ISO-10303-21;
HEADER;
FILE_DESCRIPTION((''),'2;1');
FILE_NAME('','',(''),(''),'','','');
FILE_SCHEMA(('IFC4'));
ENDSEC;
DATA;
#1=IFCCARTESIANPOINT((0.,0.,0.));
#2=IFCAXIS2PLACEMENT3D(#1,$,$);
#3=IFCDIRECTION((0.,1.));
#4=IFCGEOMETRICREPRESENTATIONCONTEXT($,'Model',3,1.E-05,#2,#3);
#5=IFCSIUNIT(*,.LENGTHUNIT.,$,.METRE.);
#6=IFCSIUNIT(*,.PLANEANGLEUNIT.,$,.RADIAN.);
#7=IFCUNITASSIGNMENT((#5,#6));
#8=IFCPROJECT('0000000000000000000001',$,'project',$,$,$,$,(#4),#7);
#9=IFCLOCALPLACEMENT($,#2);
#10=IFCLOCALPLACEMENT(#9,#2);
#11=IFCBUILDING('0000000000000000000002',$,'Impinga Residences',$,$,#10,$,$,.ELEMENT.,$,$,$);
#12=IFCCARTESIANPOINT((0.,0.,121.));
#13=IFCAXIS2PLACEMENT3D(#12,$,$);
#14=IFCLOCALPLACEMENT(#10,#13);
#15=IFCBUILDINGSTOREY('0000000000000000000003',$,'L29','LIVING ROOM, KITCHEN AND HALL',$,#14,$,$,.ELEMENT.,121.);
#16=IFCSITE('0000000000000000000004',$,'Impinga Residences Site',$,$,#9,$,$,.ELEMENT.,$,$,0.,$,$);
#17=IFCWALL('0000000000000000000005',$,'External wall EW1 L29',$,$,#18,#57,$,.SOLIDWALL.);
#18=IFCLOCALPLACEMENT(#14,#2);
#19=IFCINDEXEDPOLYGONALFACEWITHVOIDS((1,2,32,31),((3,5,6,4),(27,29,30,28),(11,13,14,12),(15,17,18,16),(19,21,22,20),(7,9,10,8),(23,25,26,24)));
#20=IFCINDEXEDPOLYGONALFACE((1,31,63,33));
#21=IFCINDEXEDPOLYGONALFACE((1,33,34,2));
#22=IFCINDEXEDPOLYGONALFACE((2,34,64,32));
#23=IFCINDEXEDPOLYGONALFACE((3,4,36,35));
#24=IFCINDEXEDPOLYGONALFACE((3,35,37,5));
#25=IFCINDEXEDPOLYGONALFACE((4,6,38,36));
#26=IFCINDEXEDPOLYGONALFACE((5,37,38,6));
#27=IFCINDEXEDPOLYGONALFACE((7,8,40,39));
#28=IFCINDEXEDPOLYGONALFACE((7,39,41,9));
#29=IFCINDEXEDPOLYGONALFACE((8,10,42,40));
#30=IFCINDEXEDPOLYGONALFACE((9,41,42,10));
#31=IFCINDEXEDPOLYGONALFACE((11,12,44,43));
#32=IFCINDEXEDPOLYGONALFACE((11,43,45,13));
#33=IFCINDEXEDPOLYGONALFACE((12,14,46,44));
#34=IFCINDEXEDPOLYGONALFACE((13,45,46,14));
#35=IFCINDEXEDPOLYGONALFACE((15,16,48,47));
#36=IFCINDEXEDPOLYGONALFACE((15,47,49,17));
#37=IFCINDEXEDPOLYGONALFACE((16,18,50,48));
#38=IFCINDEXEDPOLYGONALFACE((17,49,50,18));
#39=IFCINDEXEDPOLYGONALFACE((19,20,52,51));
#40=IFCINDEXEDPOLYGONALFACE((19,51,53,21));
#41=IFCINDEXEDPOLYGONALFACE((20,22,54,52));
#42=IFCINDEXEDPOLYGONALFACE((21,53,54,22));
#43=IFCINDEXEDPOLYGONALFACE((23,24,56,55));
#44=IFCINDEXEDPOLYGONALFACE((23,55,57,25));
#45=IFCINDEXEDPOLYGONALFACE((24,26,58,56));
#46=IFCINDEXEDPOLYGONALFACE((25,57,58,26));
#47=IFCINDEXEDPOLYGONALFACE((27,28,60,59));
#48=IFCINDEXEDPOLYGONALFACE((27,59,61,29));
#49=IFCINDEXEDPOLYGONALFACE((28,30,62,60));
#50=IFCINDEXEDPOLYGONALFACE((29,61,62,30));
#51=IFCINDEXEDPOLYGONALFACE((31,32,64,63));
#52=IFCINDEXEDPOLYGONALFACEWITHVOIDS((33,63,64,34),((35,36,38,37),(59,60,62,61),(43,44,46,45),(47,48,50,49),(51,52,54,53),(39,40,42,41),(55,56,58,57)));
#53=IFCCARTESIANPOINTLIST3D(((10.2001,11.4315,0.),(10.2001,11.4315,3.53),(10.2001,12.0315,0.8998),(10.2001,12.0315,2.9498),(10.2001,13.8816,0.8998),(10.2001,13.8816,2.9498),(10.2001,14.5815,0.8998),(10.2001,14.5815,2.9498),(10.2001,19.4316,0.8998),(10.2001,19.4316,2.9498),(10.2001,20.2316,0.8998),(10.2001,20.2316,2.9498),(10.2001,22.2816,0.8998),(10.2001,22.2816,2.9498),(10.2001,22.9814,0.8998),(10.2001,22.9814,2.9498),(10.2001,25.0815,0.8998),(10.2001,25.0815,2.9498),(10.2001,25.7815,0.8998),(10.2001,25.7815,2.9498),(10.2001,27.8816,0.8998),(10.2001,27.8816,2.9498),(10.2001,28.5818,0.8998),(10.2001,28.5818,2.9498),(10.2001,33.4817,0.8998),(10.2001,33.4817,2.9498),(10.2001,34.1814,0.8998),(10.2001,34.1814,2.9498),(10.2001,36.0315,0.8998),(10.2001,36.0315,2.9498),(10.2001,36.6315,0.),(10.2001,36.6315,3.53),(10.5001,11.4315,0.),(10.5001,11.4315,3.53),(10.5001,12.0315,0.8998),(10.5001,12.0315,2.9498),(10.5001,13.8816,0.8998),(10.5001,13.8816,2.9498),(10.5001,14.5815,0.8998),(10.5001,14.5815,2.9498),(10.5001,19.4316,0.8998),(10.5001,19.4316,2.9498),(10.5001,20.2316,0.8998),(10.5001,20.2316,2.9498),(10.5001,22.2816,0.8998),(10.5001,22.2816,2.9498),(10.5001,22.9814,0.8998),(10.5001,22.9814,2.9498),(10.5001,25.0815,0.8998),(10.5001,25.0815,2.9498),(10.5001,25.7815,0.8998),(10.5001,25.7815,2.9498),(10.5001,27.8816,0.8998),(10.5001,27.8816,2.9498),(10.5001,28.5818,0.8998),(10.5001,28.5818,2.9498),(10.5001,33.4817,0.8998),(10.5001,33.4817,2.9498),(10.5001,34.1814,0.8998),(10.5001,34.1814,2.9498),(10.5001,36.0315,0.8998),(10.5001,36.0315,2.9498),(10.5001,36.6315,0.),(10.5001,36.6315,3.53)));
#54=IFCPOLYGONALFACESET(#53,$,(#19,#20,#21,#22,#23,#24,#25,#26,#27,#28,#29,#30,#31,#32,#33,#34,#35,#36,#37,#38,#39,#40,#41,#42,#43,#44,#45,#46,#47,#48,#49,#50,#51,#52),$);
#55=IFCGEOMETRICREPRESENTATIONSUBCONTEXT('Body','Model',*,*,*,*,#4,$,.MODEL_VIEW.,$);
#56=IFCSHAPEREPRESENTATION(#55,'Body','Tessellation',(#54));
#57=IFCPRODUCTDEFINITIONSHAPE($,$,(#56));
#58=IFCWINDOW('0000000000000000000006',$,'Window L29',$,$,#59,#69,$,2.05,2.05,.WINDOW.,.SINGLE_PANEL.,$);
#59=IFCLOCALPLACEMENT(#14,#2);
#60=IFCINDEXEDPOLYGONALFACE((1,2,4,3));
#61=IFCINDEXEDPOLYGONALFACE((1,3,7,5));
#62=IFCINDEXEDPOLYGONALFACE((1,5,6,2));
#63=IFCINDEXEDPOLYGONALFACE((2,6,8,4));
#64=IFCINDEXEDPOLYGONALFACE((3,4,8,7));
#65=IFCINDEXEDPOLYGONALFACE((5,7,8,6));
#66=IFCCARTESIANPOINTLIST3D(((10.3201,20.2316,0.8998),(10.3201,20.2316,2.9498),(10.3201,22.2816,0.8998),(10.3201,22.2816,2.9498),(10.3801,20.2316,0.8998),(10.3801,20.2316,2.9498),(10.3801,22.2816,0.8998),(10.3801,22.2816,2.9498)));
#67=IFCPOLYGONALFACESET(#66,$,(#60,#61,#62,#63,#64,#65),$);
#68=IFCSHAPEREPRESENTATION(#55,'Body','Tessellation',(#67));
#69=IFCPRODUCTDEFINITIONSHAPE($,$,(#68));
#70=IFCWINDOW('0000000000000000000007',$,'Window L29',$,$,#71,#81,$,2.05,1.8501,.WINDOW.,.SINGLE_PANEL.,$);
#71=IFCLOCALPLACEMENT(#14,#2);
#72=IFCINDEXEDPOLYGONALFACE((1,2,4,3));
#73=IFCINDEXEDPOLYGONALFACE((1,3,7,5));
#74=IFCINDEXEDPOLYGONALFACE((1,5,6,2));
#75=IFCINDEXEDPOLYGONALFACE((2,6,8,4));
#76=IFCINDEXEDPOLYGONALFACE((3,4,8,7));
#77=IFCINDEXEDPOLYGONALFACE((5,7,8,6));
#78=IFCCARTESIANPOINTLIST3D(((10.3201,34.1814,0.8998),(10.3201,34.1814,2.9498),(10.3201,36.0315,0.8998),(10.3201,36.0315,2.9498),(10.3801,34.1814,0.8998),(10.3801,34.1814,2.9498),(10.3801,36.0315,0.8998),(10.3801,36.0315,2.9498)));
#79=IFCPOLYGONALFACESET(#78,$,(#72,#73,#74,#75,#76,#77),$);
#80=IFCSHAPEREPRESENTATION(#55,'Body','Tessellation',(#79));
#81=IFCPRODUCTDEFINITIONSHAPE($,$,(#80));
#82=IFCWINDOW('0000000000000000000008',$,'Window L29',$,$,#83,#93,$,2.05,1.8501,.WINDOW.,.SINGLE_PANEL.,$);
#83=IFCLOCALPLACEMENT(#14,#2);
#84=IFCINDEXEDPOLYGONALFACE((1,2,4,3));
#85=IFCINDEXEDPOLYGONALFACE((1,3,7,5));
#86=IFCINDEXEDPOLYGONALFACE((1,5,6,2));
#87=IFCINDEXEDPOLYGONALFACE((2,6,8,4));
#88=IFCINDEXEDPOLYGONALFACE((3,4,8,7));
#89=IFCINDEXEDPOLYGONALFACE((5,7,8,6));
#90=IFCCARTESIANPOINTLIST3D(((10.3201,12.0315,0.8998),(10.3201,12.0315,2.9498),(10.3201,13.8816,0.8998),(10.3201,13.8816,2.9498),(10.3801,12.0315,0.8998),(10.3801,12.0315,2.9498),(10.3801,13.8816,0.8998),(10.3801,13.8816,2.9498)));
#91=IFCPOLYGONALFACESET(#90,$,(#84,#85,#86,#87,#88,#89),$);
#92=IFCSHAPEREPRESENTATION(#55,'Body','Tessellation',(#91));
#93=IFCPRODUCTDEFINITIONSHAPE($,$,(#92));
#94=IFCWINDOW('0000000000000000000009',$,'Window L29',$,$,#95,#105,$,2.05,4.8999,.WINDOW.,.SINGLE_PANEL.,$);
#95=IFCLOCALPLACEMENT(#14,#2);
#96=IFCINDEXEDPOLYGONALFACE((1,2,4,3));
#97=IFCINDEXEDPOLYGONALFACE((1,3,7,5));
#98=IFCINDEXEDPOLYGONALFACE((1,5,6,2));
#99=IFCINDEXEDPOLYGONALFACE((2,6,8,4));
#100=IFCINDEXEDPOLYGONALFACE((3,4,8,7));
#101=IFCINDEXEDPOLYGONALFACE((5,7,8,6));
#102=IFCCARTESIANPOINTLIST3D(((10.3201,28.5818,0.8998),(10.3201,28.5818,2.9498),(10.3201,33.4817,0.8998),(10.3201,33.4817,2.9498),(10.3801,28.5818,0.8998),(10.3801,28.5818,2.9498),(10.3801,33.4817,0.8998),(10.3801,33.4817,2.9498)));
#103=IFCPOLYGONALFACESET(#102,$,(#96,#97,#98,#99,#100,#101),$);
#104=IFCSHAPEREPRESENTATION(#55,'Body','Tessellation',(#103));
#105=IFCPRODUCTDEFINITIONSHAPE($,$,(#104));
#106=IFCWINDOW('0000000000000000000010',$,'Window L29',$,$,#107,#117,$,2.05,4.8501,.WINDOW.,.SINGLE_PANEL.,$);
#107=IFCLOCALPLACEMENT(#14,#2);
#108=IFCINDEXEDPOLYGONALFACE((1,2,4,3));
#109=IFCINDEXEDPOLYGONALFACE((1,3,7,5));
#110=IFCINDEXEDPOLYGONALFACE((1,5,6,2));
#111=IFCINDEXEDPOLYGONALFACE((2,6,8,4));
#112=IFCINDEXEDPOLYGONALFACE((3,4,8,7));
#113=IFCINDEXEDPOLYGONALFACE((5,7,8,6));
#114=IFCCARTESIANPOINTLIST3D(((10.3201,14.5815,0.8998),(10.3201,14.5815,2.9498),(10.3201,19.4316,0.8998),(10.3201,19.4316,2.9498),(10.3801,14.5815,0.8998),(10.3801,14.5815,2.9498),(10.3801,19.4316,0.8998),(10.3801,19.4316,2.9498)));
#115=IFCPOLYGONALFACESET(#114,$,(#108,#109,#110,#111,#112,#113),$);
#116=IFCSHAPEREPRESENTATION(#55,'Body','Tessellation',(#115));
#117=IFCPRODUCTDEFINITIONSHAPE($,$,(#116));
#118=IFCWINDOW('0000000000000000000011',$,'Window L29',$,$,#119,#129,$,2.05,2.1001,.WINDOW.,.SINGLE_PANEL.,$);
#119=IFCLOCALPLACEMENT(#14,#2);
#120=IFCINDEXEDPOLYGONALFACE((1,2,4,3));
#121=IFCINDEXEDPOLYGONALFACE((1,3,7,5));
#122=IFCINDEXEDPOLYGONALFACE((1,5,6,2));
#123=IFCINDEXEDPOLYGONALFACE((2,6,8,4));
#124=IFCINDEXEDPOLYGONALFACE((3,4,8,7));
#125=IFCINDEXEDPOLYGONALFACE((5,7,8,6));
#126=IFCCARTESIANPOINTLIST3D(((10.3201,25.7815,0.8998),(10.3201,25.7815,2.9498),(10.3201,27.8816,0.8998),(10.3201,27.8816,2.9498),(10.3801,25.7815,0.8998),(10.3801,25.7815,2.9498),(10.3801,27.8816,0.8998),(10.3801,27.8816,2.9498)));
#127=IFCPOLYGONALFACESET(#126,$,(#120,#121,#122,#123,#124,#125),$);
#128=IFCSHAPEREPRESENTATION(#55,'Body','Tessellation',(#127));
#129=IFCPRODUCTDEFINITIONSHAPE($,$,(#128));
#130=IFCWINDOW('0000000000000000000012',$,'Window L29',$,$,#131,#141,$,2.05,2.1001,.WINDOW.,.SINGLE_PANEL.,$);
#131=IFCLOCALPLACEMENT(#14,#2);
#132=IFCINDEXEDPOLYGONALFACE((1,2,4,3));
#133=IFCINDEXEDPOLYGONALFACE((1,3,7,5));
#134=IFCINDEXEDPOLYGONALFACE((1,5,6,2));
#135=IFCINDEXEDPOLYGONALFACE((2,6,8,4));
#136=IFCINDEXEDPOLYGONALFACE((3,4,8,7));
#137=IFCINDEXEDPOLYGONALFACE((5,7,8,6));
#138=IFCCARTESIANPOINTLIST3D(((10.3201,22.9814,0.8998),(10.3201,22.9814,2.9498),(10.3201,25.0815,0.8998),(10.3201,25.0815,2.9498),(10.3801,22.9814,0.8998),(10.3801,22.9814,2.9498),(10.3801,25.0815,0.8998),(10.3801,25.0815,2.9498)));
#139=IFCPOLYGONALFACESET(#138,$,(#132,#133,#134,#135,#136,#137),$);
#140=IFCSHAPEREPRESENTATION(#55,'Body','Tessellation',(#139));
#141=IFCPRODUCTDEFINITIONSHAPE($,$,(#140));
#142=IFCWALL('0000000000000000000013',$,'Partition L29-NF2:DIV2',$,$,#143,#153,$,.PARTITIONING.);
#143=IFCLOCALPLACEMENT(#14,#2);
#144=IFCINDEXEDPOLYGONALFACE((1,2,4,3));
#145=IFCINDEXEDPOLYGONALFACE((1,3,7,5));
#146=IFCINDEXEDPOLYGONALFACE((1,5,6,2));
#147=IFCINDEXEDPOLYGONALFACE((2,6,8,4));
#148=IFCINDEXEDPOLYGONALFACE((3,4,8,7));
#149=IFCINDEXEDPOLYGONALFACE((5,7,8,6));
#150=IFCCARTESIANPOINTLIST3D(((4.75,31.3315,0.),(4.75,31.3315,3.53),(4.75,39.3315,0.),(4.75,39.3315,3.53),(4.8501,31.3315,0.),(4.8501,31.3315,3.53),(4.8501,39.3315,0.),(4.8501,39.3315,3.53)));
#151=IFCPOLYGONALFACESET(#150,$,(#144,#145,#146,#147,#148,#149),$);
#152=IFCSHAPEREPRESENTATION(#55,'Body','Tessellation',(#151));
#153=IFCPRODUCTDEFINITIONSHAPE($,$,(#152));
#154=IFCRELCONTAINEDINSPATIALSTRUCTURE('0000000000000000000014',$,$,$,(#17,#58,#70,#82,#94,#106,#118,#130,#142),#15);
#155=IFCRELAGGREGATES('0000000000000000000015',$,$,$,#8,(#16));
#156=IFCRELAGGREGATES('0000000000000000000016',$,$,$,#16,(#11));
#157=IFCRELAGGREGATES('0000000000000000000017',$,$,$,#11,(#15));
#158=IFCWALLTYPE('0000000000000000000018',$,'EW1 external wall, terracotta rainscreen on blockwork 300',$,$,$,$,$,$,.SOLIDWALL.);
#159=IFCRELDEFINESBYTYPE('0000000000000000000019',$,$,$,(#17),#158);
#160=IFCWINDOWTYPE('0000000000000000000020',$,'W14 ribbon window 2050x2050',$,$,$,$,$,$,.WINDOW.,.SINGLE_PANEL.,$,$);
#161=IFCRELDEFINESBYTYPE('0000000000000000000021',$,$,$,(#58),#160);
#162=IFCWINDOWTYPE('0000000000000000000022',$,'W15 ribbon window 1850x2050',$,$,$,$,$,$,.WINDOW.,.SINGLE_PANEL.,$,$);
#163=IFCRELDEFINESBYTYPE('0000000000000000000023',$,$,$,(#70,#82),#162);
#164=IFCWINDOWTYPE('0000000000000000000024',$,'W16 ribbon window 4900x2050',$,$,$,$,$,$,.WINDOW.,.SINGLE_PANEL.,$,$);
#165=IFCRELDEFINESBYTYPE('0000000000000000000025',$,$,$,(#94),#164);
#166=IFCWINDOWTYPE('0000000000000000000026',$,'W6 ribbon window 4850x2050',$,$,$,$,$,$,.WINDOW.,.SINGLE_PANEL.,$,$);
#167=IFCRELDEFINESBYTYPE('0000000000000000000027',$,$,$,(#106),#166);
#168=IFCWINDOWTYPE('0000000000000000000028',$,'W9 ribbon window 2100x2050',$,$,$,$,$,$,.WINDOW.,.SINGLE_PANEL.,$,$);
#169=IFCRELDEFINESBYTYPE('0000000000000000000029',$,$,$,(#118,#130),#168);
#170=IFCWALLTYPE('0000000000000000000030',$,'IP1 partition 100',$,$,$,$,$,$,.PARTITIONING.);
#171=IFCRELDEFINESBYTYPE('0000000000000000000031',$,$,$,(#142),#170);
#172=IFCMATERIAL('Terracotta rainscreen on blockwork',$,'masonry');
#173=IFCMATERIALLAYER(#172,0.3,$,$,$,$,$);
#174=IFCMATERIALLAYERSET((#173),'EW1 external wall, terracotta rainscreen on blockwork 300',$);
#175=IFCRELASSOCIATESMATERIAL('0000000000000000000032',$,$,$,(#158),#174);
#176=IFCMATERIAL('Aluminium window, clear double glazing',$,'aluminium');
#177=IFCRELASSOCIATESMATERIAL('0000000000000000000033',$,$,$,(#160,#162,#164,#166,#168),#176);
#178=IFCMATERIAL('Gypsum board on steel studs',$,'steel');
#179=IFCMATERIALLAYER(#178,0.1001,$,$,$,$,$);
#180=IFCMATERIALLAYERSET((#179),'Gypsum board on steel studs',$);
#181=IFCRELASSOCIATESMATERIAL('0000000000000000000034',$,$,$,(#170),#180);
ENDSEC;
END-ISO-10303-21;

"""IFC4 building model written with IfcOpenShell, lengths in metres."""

from ifc_helpers import new_model, si_unit, direction, frame, frame_2d, origin, place, context, subcontext, project, spatial, rectangle, extrude, material, layer, layer_set, type_object, element, fill, save


model = new_model("IFC4")

# Units and contexts
model_context = context("Model", 3, precision=1e-05, world=origin(), true_north=direction((0.0, 1.0)))
body_context = subcontext(model_context, "Body", "Model", "MODEL_VIEW")
ifc_project = project(units=[si_unit("LENGTHUNIT", "METRE"), si_unit("PLANEANGLEUNIT", "RADIAN")], contexts=[model_context])

# Site, building, storey
site_placement = place(None, origin())
site = spatial("IfcSite", under=ifc_project, at=site_placement, Name="Impinga Residences Site", CompositionType="ELEMENT", RefElevation=0.0)
building_placement = place(site_placement, origin())
building = spatial("IfcBuilding", under=site, at=building_placement, Name="Impinga Residences", CompositionType="ELEMENT")
storey_placement = place(building_placement, frame((0.0, 0.0, 121.0)))
storey = spatial("IfcBuildingStorey", under=building, at=storey_placement, Name="L29", Description="LIVING ROOM, KITCHEN AND HALL", CompositionType="ELEMENT", Elevation=121.0)

# Shared definitions
ifc_material_1 = material(Name="Terracotta rainscreen on blockwork", Category="masonry")
ifc_layer_1 = layer(ifc_material_1, 0.3)
ifc_layer_set_1 = layer_set([ifc_layer_1], Name="EW1 external wall, terracotta rainscreen on blockwork 300")
wall_type_1 = type_object("IfcWallType", Name="EW1 external wall, terracotta rainscreen on blockwork 300", PredefinedType="SOLIDWALL", material=ifc_layer_set_1)

# Wall, openings, windows
wall_1_placement = place(storey_placement, frame((10.3501, 36.6316, 0.0), z_axis=(0.0, 0.0, 1.0), x_axis=(0.0, -1.0, 0.0)))
wall_1 = element("IfcWall", 1, at=wall_1_placement, inside=storey, type_object=wall_type_1, Name="External wall EW1 L29", PredefinedType="SOLIDWALL", context=body_context, shape_type="SweptSolid", body=[
    extrude(rectangle(XDim=25.2, YDim=0.3, at=frame_2d((12.6001, 0.0))), origin(), (0.0, 0.0, 1.0), 3.53),
])
opening_1_placement = place(wall_1_placement, frame((0.6001, 0.0, 0.8999)))
opening_1 = element("IfcOpeningElement", 2, at=opening_1_placement, cuts=wall_1, PredefinedType="OPENING", context=body_context, shape_type="SweptSolid", body=[
    extrude(rectangle(XDim=1.8501, YDim=2.05, at=frame_2d((0.925, 1.0249))), frame((0.0, 0.1599, 0.0), z_axis=(0.0, -1.0, 0.0), x_axis=(1.0, 0.0, 0.0)), (0.0, 0.0, 1.0), 0.3201),
])
opening_2_placement = place(wall_1_placement, frame((3.1499, 0.0, 0.8999)))
opening_2 = element("IfcOpeningElement", 3, at=opening_2_placement, cuts=wall_1, PredefinedType="OPENING", context=body_context, shape_type="SweptSolid", body=[
    extrude(rectangle(XDim=4.8999, YDim=2.05, at=frame_2d((2.45, 1.0249))), frame((0.0, 0.1599, 0.0), z_axis=(0.0, -1.0, 0.0), x_axis=(1.0, 0.0, 0.0)), (0.0, 0.0, 1.0), 0.3201),
])
opening_3_placement = place(wall_1_placement, frame((8.75, 0.0, 0.8999)))
opening_3 = element("IfcOpeningElement", 4, at=opening_3_placement, cuts=wall_1, PredefinedType="OPENING", context=body_context, shape_type="SweptSolid", body=[
    extrude(rectangle(XDim=2.1001, YDim=2.05, at=frame_2d((1.05, 1.0249))), frame((0.0, 0.1599, 0.0), z_axis=(0.0, -1.0, 0.0), x_axis=(1.0, 0.0, 0.0)), (0.0, 0.0, 1.0), 0.3201),
])
opening_4_placement = place(wall_1_placement, frame((11.55, 0.0, 0.8999)))
opening_4 = element("IfcOpeningElement", 5, at=opening_4_placement, cuts=wall_1, PredefinedType="OPENING", context=body_context, shape_type="SweptSolid", body=[
    extrude(rectangle(XDim=2.1001, YDim=2.05, at=frame_2d((1.05, 1.0249))), frame((0.0, 0.1599, 0.0), z_axis=(0.0, -1.0, 0.0), x_axis=(1.0, 0.0, 0.0)), (0.0, 0.0, 1.0), 0.3201),
])
opening_5_placement = place(wall_1_placement, frame((14.3501, 0.0, 0.8999)))
opening_5 = element("IfcOpeningElement", 6, at=opening_5_placement, cuts=wall_1, PredefinedType="OPENING", context=body_context, shape_type="SweptSolid", body=[
    extrude(rectangle(XDim=2.05, YDim=2.05, at=frame_2d((1.0249, 1.0249))), frame((0.0, 0.1599, 0.0), z_axis=(0.0, -1.0, 0.0), x_axis=(1.0, 0.0, 0.0)), (0.0, 0.0, 1.0), 0.3201),
])
opening_6_placement = place(wall_1_placement, frame((17.2, 0.0, 0.8999)))
opening_6 = element("IfcOpeningElement", 7, at=opening_6_placement, cuts=wall_1, PredefinedType="OPENING", context=body_context, shape_type="SweptSolid", body=[
    extrude(rectangle(XDim=4.8501, YDim=2.05, at=frame_2d((2.425, 1.0249))), frame((0.0, 0.1599, 0.0), z_axis=(0.0, -1.0, 0.0), x_axis=(1.0, 0.0, 0.0)), (0.0, 0.0, 1.0), 0.3201),
])
opening_7_placement = place(wall_1_placement, frame((22.75, 0.0, 0.8999)))
opening_7 = element("IfcOpeningElement", 8, at=opening_7_placement, cuts=wall_1, PredefinedType="OPENING", context=body_context, shape_type="SweptSolid", body=[
    extrude(rectangle(XDim=1.8501, YDim=2.05, at=frame_2d((0.925, 1.0249))), frame((0.0, 0.1599, 0.0), z_axis=(0.0, -1.0, 0.0), x_axis=(1.0, 0.0, 0.0)), (0.0, 0.0, 1.0), 0.3201),
])
ifc_material_2 = material(Name="Aluminium window, clear double glazing", Category="aluminium")
window_type_1 = type_object("IfcWindowType", Name="W14 ribbon window 2050x2050", PartitioningType="SINGLE_PANEL", PredefinedType="WINDOW", material=ifc_material_2)
window_1_placement = place(opening_5_placement, origin())
window_1 = element("IfcWindow", 9, at=window_1_placement, inside=storey, type_object=window_type_1, Name="Window L29", OverallHeight=2.05, OverallWidth=2.05, PartitioningType="SINGLE_PANEL", PredefinedType="WINDOW", context=body_context, shape_type="SweptSolid", body=[
    extrude(rectangle(XDim=2.05, YDim=2.05, at=frame_2d((1.0249, 1.0249))), frame((0.0, 0.03, 0.0), z_axis=(0.0, -1.0, 0.0), x_axis=(1.0, 0.0, 0.0)), (0.0, 0.0, 1.0), 0.0601),
])
fill(opening_5, window_1)
window_type_2 = type_object("IfcWindowType", Name="W15 ribbon window 1850x2050", PartitioningType="SINGLE_PANEL", PredefinedType="WINDOW", material=ifc_material_2)
window_2_placement = place(opening_1_placement, origin())
window_2 = element("IfcWindow", 10, at=window_2_placement, inside=storey, type_object=window_type_2, Name="Window L29", OverallHeight=2.05, OverallWidth=1.8501, PartitioningType="SINGLE_PANEL", PredefinedType="WINDOW", context=body_context, shape_type="SweptSolid", body=[
    extrude(rectangle(XDim=1.8501, YDim=2.05, at=frame_2d((0.925, 1.0249))), frame((0.0, 0.03, 0.0), z_axis=(0.0, -1.0, 0.0), x_axis=(1.0, 0.0, 0.0)), (0.0, 0.0, 1.0), 0.0601),
])
fill(opening_1, window_2)
window_3_placement = place(opening_7_placement, origin())
window_3 = element("IfcWindow", 11, at=window_3_placement, inside=storey, type_object=window_type_2, Name="Window L29", OverallHeight=2.05, OverallWidth=1.8501, PartitioningType="SINGLE_PANEL", PredefinedType="WINDOW", context=body_context, shape_type="SweptSolid", body=[
    extrude(rectangle(XDim=1.8501, YDim=2.05, at=frame_2d((0.925, 1.0249))), frame((0.0, 0.03, 0.0), z_axis=(0.0, -1.0, 0.0), x_axis=(1.0, 0.0, 0.0)), (0.0, 0.0, 1.0), 0.0601),
])
fill(opening_7, window_3)
window_type_3 = type_object("IfcWindowType", Name="W16 ribbon window 4900x2050", PartitioningType="SINGLE_PANEL", PredefinedType="WINDOW", material=ifc_material_2)
window_4_placement = place(opening_2_placement, origin())
window_4 = element("IfcWindow", 12, at=window_4_placement, inside=storey, type_object=window_type_3, Name="Window L29", OverallHeight=2.05, OverallWidth=4.8999, PartitioningType="SINGLE_PANEL", PredefinedType="WINDOW", context=body_context, shape_type="SweptSolid", body=[
    extrude(rectangle(XDim=4.8999, YDim=2.05, at=frame_2d((2.45, 1.0249))), frame((0.0, 0.03, 0.0), z_axis=(0.0, -1.0, 0.0), x_axis=(1.0, 0.0, 0.0)), (0.0, 0.0, 1.0), 0.0601),
])
fill(opening_2, window_4)
window_type_4 = type_object("IfcWindowType", Name="W6 ribbon window 4850x2050", PartitioningType="SINGLE_PANEL", PredefinedType="WINDOW", material=ifc_material_2)
window_5_placement = place(opening_6_placement, origin())
window_5 = element("IfcWindow", 13, at=window_5_placement, inside=storey, type_object=window_type_4, Name="Window L29", OverallHeight=2.05, OverallWidth=4.8501, PartitioningType="SINGLE_PANEL", PredefinedType="WINDOW", context=body_context, shape_type="SweptSolid", body=[
    extrude(rectangle(XDim=4.8501, YDim=2.05, at=frame_2d((2.425, 1.0249))), frame((0.0, 0.03, 0.0), z_axis=(0.0, -1.0, 0.0), x_axis=(1.0, 0.0, 0.0)), (0.0, 0.0, 1.0), 0.0601),
])
fill(opening_6, window_5)
window_type_5 = type_object("IfcWindowType", Name="W9 ribbon window 2100x2050", PartitioningType="SINGLE_PANEL", PredefinedType="WINDOW", material=ifc_material_2)
window_6_placement = place(opening_3_placement, origin())
window_6 = element("IfcWindow", 14, at=window_6_placement, inside=storey, type_object=window_type_5, Name="Window L29", OverallHeight=2.05, OverallWidth=2.1001, PartitioningType="SINGLE_PANEL", PredefinedType="WINDOW", context=body_context, shape_type="SweptSolid", body=[
    extrude(rectangle(XDim=2.1001, YDim=2.05, at=frame_2d((1.05, 1.0249))), frame((0.0, 0.03, 0.0), z_axis=(0.0, -1.0, 0.0), x_axis=(1.0, 0.0, 0.0)), (0.0, 0.0, 1.0), 0.0601),
])
fill(opening_3, window_6)
window_7_placement = place(opening_4_placement, origin())
window_7 = element("IfcWindow", 15, at=window_7_placement, inside=storey, type_object=window_type_5, Name="Window L29", OverallHeight=2.05, OverallWidth=2.1001, PartitioningType="SINGLE_PANEL", PredefinedType="WINDOW", context=body_context, shape_type="SweptSolid", body=[
    extrude(rectangle(XDim=2.1001, YDim=2.05, at=frame_2d((1.05, 1.0249))), frame((0.0, 0.03, 0.0), z_axis=(0.0, -1.0, 0.0), x_axis=(1.0, 0.0, 0.0)), (0.0, 0.0, 1.0), 0.0601),
])
fill(opening_4, window_7)

# Wall
ifc_material_3 = material(Name="Gypsum board on steel studs", Category="steel")
ifc_layer_2 = layer(ifc_material_3, 0.1001)
ifc_layer_set_2 = layer_set([ifc_layer_2], Name="Gypsum board on steel studs")
wall_type_2 = type_object("IfcWallType", Name="IP1 partition 100", PredefinedType="PARTITIONING", material=ifc_layer_set_2)
wall_2_placement = place(storey_placement, frame((4.8, 31.3315, 0.0), z_axis=(0.0, 0.0, 1.0), x_axis=(0.0, 1.0, 0.0)))
element("IfcWall", 16, at=wall_2_placement, inside=storey, type_object=wall_type_2, Name="Partition L29-NF2:DIV2", PredefinedType="PARTITIONING", context=body_context, shape_type="SweptSolid", body=[
    extrude(rectangle(XDim=8.0, YDim=0.1001, at=frame_2d((4.0, 0.0))), origin(), (0.0, 0.0, 1.0), 3.53),
])

save(model, "model.ifc")
